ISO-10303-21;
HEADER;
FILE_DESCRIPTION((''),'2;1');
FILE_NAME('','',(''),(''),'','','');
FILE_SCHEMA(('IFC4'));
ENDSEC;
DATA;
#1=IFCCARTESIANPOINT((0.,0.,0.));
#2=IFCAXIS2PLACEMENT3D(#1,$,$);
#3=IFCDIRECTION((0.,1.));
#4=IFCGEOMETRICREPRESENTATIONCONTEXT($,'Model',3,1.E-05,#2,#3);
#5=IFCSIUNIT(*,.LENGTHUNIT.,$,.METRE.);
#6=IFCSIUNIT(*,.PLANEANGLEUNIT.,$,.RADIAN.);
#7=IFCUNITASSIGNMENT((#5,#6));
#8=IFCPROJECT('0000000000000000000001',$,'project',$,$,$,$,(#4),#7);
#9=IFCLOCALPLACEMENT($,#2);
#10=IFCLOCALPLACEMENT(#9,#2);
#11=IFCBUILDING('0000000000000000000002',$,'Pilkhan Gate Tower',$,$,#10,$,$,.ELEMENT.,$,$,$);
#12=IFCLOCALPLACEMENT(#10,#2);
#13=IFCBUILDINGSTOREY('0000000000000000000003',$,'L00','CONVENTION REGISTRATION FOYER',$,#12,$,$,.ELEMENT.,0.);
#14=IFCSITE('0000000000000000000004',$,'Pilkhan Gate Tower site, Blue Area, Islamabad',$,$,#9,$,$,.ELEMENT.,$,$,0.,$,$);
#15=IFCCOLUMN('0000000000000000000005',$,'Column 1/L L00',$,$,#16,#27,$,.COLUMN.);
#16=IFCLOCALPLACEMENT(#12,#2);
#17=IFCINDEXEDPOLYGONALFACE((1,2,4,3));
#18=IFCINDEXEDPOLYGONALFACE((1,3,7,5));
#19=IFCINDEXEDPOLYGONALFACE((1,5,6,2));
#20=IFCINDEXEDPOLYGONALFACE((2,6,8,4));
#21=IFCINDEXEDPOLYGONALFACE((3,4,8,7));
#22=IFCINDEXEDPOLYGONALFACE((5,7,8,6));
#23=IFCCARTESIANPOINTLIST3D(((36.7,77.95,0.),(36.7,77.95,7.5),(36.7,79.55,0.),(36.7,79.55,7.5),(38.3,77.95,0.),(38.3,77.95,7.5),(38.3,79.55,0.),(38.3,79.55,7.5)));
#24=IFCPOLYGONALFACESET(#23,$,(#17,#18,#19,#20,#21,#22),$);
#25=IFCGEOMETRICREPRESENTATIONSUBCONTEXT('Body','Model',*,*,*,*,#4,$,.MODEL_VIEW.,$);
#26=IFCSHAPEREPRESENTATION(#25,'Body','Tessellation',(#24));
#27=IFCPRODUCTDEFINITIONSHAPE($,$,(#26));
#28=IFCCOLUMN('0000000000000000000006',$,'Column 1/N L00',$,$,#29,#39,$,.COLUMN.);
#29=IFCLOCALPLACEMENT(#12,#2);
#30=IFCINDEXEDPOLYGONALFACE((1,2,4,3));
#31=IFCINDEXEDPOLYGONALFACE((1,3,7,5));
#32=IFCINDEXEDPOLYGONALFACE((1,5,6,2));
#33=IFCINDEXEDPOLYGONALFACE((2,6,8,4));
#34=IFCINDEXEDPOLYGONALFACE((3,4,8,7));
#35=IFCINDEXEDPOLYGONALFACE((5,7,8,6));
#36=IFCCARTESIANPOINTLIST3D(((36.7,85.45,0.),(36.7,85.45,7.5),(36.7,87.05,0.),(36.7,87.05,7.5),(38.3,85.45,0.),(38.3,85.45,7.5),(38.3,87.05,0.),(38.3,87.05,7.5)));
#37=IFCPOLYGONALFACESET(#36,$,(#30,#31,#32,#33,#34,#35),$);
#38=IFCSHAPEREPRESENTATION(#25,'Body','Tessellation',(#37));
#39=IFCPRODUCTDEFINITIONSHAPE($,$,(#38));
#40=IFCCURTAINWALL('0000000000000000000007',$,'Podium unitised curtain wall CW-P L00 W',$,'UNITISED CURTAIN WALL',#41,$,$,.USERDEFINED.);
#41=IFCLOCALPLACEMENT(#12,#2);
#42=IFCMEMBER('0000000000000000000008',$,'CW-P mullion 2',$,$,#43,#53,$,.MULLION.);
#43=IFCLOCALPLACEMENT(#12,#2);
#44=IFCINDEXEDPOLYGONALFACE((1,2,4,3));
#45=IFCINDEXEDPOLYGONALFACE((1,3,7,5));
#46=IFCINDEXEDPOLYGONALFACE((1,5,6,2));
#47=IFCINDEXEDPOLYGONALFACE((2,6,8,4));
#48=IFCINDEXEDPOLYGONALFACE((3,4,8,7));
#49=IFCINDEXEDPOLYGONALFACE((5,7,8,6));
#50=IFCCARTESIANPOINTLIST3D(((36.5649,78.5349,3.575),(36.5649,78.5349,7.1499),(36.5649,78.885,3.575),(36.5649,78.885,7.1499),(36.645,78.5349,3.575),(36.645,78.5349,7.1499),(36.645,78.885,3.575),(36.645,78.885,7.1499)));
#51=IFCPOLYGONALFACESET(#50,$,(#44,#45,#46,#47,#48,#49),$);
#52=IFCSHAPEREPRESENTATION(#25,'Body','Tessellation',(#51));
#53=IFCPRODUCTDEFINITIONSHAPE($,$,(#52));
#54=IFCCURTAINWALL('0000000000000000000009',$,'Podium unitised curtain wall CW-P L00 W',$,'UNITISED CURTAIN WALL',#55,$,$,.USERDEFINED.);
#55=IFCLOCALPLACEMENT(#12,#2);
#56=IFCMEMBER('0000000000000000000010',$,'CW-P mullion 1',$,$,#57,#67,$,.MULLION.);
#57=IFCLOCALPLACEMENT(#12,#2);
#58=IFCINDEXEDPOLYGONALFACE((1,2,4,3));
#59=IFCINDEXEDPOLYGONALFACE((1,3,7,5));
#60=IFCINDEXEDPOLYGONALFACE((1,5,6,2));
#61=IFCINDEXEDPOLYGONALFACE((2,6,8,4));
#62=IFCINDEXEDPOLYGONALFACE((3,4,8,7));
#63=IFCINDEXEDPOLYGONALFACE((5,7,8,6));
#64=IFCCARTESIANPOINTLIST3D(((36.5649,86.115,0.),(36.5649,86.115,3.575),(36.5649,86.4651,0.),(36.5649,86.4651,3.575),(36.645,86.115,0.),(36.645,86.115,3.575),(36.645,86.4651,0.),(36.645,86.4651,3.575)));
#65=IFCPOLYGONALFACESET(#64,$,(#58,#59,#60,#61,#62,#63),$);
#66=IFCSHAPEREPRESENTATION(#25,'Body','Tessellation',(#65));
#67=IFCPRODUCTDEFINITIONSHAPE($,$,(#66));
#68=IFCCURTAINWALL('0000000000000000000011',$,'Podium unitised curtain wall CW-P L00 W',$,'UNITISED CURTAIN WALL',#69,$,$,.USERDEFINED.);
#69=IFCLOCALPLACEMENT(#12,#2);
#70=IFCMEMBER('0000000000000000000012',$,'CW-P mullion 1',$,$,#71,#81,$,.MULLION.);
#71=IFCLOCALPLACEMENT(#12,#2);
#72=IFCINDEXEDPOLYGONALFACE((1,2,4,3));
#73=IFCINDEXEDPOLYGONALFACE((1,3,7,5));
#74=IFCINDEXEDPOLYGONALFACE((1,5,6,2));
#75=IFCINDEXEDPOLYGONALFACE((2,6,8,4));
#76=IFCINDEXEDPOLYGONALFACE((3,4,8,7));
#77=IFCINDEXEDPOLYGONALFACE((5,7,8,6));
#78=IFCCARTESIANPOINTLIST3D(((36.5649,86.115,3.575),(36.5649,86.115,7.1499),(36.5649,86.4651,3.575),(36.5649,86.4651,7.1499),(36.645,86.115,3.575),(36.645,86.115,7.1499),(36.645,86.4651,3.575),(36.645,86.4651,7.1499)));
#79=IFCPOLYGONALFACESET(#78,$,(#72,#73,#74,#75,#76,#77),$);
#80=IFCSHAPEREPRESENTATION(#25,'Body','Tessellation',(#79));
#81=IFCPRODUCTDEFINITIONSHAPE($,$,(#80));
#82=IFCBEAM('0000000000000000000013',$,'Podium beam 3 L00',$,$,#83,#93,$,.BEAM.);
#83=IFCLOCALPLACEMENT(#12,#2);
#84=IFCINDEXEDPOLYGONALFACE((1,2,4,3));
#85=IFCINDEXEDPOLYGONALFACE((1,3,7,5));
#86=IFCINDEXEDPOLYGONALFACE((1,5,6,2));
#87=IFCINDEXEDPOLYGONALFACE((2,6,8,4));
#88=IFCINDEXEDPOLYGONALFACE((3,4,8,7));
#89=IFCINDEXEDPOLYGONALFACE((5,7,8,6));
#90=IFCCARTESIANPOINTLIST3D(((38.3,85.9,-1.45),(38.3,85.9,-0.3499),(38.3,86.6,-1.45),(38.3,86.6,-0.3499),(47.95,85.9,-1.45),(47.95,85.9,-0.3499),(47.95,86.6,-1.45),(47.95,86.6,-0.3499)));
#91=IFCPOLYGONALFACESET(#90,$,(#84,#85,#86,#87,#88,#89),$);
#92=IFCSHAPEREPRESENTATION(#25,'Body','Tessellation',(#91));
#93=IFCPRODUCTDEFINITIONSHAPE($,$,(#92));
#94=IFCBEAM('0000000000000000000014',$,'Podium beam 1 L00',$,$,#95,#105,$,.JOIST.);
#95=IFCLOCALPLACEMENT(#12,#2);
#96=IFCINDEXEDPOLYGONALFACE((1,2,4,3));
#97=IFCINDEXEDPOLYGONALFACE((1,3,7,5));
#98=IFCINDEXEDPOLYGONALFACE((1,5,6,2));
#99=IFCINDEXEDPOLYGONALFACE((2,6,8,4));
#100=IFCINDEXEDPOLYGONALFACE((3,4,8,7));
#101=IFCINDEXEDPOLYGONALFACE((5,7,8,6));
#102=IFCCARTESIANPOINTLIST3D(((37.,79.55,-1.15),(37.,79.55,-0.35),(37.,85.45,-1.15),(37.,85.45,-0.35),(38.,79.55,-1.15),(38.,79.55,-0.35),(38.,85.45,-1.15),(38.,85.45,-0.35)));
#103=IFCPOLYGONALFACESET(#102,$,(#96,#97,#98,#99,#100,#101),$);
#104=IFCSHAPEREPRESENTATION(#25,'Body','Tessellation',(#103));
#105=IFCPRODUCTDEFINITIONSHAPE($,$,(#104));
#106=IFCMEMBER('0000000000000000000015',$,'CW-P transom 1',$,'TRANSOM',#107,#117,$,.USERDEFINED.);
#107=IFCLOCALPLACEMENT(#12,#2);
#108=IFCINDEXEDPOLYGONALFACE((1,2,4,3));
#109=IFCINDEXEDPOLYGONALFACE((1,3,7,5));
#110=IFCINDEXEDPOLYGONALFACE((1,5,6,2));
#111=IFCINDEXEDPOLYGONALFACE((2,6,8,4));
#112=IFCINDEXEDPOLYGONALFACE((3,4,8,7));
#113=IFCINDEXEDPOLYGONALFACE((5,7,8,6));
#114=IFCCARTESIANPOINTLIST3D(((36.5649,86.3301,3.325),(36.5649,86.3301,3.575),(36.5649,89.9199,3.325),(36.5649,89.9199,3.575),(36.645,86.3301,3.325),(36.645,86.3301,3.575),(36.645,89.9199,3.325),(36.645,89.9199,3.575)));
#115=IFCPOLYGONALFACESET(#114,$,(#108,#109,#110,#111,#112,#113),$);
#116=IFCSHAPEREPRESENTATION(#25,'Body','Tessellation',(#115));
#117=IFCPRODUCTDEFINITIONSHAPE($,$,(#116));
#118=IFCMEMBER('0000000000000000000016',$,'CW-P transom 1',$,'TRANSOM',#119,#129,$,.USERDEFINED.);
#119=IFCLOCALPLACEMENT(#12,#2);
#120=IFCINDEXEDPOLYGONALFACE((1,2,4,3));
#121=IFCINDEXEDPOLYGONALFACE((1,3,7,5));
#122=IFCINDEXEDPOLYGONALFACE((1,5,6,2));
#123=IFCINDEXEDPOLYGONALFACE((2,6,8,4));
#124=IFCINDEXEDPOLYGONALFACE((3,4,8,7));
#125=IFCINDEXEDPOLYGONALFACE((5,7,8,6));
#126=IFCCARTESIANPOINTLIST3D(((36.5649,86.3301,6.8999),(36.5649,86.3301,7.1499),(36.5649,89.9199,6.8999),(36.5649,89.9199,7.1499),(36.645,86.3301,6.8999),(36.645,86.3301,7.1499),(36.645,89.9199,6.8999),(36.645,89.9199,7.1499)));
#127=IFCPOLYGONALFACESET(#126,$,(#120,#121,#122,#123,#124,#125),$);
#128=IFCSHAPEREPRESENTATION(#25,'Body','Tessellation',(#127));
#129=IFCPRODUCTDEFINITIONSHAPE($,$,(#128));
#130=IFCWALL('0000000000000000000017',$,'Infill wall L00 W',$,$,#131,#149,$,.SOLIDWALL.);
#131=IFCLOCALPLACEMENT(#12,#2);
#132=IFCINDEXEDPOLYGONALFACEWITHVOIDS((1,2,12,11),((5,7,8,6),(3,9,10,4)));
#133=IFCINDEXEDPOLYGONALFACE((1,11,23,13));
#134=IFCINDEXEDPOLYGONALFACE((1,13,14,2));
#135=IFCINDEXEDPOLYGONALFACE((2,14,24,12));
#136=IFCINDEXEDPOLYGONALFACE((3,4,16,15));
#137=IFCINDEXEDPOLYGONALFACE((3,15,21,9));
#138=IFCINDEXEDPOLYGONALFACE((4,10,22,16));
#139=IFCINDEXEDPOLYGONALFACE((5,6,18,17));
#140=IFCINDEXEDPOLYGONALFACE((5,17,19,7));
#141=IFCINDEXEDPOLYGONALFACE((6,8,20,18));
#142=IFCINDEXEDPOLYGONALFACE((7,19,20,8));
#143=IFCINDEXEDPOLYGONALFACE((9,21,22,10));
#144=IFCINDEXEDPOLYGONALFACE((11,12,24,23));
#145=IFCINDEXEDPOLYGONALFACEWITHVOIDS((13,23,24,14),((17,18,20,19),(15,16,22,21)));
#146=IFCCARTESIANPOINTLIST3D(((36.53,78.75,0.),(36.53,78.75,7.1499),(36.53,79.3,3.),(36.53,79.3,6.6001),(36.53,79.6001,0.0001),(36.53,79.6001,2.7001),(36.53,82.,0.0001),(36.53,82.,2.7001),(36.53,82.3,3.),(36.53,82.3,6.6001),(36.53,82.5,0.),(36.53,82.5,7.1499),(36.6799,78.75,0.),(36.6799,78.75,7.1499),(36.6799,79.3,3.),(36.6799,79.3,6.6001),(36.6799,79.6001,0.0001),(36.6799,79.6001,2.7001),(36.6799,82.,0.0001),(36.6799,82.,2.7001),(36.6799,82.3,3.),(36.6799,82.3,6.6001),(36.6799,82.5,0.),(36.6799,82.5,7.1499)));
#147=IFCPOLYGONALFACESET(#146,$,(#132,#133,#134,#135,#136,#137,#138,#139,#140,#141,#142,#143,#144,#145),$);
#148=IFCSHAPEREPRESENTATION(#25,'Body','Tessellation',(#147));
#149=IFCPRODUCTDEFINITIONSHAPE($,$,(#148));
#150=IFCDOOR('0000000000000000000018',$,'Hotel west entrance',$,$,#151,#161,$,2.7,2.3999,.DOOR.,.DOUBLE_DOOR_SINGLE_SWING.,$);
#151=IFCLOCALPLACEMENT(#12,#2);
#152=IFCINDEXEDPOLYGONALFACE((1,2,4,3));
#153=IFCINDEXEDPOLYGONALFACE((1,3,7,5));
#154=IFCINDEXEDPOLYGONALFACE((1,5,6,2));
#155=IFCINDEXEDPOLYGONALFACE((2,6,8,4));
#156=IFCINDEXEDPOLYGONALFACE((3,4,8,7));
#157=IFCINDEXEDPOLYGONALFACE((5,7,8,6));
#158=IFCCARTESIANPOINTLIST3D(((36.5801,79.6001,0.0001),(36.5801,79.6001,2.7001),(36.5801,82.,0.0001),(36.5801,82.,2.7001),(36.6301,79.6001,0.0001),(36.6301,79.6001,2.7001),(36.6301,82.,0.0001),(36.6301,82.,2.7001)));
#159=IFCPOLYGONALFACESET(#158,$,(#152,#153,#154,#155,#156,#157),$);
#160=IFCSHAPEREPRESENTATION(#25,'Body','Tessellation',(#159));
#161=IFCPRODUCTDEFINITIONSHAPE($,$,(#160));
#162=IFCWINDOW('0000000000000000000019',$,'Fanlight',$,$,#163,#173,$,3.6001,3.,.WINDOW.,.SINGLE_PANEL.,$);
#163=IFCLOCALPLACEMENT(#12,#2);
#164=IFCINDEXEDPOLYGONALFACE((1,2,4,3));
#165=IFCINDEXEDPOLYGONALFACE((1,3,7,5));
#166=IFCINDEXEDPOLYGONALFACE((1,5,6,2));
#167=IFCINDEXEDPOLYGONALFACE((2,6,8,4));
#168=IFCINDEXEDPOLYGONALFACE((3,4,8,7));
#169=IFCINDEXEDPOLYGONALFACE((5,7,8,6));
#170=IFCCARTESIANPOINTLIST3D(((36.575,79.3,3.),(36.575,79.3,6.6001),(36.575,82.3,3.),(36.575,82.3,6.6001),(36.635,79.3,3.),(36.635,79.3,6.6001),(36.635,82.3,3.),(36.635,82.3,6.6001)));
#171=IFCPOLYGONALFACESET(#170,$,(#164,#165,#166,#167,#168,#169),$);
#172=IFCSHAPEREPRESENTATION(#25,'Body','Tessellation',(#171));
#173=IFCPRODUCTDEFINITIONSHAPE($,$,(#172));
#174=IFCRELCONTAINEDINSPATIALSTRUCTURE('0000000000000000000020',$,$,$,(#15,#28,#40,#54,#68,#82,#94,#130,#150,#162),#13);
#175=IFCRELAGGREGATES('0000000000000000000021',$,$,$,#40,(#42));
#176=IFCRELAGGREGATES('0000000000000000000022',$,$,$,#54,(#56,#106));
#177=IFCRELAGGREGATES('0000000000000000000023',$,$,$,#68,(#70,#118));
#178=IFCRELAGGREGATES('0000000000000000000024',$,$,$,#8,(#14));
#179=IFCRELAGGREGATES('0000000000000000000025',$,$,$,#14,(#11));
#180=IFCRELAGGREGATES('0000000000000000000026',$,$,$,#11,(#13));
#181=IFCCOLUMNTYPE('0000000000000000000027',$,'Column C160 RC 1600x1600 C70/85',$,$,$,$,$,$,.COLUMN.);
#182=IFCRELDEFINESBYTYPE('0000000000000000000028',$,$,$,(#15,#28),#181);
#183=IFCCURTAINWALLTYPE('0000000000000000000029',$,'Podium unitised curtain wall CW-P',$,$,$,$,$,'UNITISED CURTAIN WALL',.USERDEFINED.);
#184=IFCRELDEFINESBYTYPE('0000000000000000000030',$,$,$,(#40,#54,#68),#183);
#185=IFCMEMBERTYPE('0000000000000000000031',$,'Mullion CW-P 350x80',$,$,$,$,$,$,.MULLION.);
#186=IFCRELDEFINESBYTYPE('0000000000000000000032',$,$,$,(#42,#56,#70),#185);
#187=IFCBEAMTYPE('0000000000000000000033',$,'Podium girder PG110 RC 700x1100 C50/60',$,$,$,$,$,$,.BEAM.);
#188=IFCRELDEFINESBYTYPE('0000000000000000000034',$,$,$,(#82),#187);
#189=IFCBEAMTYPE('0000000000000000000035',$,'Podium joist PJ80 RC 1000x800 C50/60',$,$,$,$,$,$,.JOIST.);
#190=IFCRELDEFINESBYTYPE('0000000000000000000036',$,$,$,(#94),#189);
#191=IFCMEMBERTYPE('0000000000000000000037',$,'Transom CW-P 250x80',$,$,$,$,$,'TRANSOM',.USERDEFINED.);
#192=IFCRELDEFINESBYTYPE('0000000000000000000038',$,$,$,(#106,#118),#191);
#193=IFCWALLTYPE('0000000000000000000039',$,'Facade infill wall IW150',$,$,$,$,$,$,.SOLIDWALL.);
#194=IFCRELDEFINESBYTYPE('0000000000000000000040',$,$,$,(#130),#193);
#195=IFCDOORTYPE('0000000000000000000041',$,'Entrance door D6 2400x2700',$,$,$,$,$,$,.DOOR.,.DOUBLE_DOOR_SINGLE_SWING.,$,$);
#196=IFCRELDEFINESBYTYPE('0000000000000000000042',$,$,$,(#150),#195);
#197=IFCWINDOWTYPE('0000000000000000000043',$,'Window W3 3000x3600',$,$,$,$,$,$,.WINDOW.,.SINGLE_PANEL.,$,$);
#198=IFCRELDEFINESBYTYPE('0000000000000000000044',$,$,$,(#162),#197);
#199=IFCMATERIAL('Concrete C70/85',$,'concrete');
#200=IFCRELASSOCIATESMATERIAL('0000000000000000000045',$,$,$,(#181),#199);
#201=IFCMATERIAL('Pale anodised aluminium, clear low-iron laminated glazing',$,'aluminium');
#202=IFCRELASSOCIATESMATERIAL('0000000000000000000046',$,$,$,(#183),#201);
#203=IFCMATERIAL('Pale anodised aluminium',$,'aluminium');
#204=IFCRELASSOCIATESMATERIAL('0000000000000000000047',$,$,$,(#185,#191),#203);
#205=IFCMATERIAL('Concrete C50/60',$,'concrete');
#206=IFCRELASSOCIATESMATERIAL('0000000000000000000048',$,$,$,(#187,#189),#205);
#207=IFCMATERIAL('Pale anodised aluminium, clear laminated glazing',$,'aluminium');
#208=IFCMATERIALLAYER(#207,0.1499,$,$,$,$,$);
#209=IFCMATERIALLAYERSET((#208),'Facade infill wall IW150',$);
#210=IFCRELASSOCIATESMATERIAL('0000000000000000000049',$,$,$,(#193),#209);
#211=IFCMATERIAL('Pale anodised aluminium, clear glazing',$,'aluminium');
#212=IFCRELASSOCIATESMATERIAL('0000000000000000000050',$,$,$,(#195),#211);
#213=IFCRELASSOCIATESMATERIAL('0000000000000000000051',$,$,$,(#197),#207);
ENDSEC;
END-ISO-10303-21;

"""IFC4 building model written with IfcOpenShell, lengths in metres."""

from ifc_helpers import new_model, si_unit, direction, frame, frame_2d, origin, origin_2d, place, context, subcontext, project, spatial, rectangle, extrude, material, layer, layer_set, material_profile, profile_set, type_object, element, fill, aggregate, save


model = new_model("IFC4")

# Units and contexts
model_context = context("Model", 3, precision=1e-05, world=origin(), true_north=direction((0.0, 1.0)))
body_context = subcontext(model_context, "Body", "Model", "MODEL_VIEW")
ifc_project = project(units=[si_unit("LENGTHUNIT", "METRE"), si_unit("PLANEANGLEUNIT", "RADIAN")], contexts=[model_context])

# Site, building, storey
site_placement = place(None, origin())
site = spatial("IfcSite", under=ifc_project, at=site_placement, Name="Pilkhan Gate Tower site, Blue Area, Islamabad", CompositionType="ELEMENT", RefElevation=0.0)
building_placement = place(site_placement, origin())
building = spatial("IfcBuilding", under=site, at=building_placement, Name="Pilkhan Gate Tower", CompositionType="ELEMENT")
storey_placement = place(building_placement, origin())
storey = spatial("IfcBuildingStorey", under=building, at=storey_placement, Name="L00", Description="CONVENTION REGISTRATION FOYER", CompositionType="ELEMENT", Elevation=0.0)

# Columns
ifc_material_1 = material(Name="Concrete C70/85", Category="concrete")
ifc_material_profile_1 = material_profile(ifc_material_1, rectangle(XDim=1.6001, YDim=1.6001, at=origin_2d()), Name="RC 1600x1600")
ifc_profile_set_1 = profile_set([ifc_material_profile_1], Name="Concrete C70/85")
column_type = type_object("IfcColumnType", Name="Column C160 RC 1600x1600 C70/85", PredefinedType="COLUMN", material=ifc_profile_set_1)
for number, where, z_axis, x_axis, name in (
    (1, (37.5, 78.75, 0.0), (0.0, 0.0, 1.0), (1.0, 0.0, 0.0), "Column 1/L L00"),
    (2, (37.5, 86.25, 0.0), (0.0, 0.0, 1.0), (1.0, 0.0, 0.0), "Column 1/N L00"),
):
    element("IfcColumn", number, at=place(storey_placement, frame(where, z_axis=z_axis, x_axis=x_axis)), inside=storey, type_object=column_type, Name=name, PredefinedType="COLUMN", context=body_context, shape_type="SweptSolid", body=[
        extrude(rectangle(XDim=1.6001, YDim=1.6001, at=origin_2d()), origin(), (0.0, 0.0, 1.0), 7.5),
    ])

# Curtain walls, members
ifc_material_2 = material(Name="Pale anodised aluminium, clear low-iron laminated glazing", Category="aluminium")
curtain_wall_type = type_object("IfcCurtainWallType", Name="Podium unitised curtain wall CW-P", ElementType="UNITISED CURTAIN WALL", PredefinedType="USERDEFINED", material=ifc_material_2)
curtain_wall_1_placement = place(storey_placement, origin())
curtain_wall_1 = element("IfcCurtainWall", 3, at=curtain_wall_1_placement, inside=storey, type_object=curtain_wall_type, Name="Podium unitised curtain wall CW-P L00 W", ObjectType="UNITISED CURTAIN WALL", PredefinedType="USERDEFINED")
ifc_material_3 = material(Name="Pale anodised aluminium", Category="aluminium")
ifc_material_profile_2 = material_profile(ifc_material_3, rectangle(XDim=0.0801, YDim=0.3501, at=origin_2d()), Name="Mullion 350x80")
ifc_profile_set_2 = profile_set([ifc_material_profile_2], Name="Pale anodised aluminium")
member_type_1 = type_object("IfcMemberType", Name="Mullion CW-P 350x80", PredefinedType="MULLION", material=ifc_profile_set_2)
member_1_placement = place(storey_placement, frame((36.605, 78.71, 3.575), z_axis=(0.0, 0.0, 1.0), x_axis=(-1.0, 0.0, 0.0)))
member_1 = element("IfcMember", 4, at=member_1_placement, type_object=member_type_1, Name="CW-P mullion 2", PredefinedType="MULLION", context=body_context, shape_type="SweptSolid", body=[
    extrude(rectangle(XDim=0.0801, YDim=0.3501, at=origin_2d()), origin(), (0.0, 0.0, 1.0), 3.575),
])
aggregate(curtain_wall_1, [member_1])
curtain_wall_2_placement = place(storey_placement, origin())
curtain_wall_2 = element("IfcCurtainWall", 5, at=curtain_wall_2_placement, inside=storey, type_object=curtain_wall_type, Name="Podium unitised curtain wall CW-P L00 W", ObjectType="UNITISED CURTAIN WALL", PredefinedType="USERDEFINED")
member_2_placement = place(storey_placement, frame((36.605, 86.29, 0.0), z_axis=(0.0, 0.0, 1.0), x_axis=(-1.0, 0.0, 0.0)))
member_2 = element("IfcMember", 6, at=member_2_placement, type_object=member_type_1, Name="CW-P mullion 1", PredefinedType="MULLION", context=body_context, shape_type="SweptSolid", body=[
    extrude(rectangle(XDim=0.0801, YDim=0.3501, at=origin_2d()), origin(), (0.0, 0.0, 1.0), 3.575),
])
curtain_wall_3_placement = place(storey_placement, origin())
curtain_wall_3 = element("IfcCurtainWall", 7, at=curtain_wall_3_placement, inside=storey, type_object=curtain_wall_type, Name="Podium unitised curtain wall CW-P L00 W", ObjectType="UNITISED CURTAIN WALL", PredefinedType="USERDEFINED")
member_3_placement = place(storey_placement, frame((36.605, 86.29, 3.575), z_axis=(0.0, 0.0, 1.0), x_axis=(-1.0, 0.0, 0.0)))
member_3 = element("IfcMember", 8, at=member_3_placement, type_object=member_type_1, Name="CW-P mullion 1", PredefinedType="MULLION", context=body_context, shape_type="SweptSolid", body=[
    extrude(rectangle(XDim=0.0801, YDim=0.3501, at=origin_2d()), origin(), (0.0, 0.0, 1.0), 3.575),
])

# Beams
ifc_material_4 = material(Name="Concrete C50/60", Category="concrete")
ifc_material_profile_3 = material_profile(ifc_material_4, rectangle(XDim=0.7, YDim=1.1001, at=origin_2d()), Name="RC 700x1100")
ifc_profile_set_3 = profile_set([ifc_material_profile_3], Name="Concrete C50/60")
beam_type_1 = type_object("IfcBeamType", Name="Podium girder PG110 RC 700x1100 C50/60", PredefinedType="BEAM", material=ifc_profile_set_3)
beam_1_placement = place(storey_placement, frame((38.3, 86.25, -0.8999), z_axis=(1.0, 0.0, 0.0), x_axis=(0.0, 1.0, 0.0)))
element("IfcBeam", 9, at=beam_1_placement, inside=storey, type_object=beam_type_1, Name="Podium beam 3 L00", PredefinedType="BEAM", context=body_context, shape_type="SweptSolid", body=[
    extrude(rectangle(XDim=0.7, YDim=1.1001, at=origin_2d()), origin(), (0.0, 0.0, 1.0), 9.6499),
])
ifc_material_profile_4 = material_profile(ifc_material_4, rectangle(XDim=1.0, YDim=0.8, at=origin_2d()), Name="RC 1000x800")
ifc_profile_set_4 = profile_set([ifc_material_profile_4], Name="Concrete C50/60")
beam_type_2 = type_object("IfcBeamType", Name="Podium joist PJ80 RC 1000x800 C50/60", PredefinedType="JOIST", material=ifc_profile_set_4)
beam_2_placement = place(storey_placement, frame((37.5, 79.55, -0.75), z_axis=(0.0, 1.0, 0.0), x_axis=(-1.0, 0.0, 0.0)))
element("IfcBeam", 10, at=beam_2_placement, inside=storey, type_object=beam_type_2, Name="Podium beam 1 L00", PredefinedType="JOIST", context=body_context, shape_type="SweptSolid", body=[
    extrude(rectangle(XDim=1.0, YDim=0.8, at=origin_2d()), origin(), (0.0, 0.0, 1.0), 5.8999),
])

# Members
ifc_material_profile_5 = material_profile(ifc_material_3, rectangle(XDim=0.0801, YDim=0.25, at=origin_2d()), Name="Transom 250x80")
ifc_profile_set_5 = profile_set([ifc_material_profile_5], Name="Pale anodised aluminium")
member_type_2 = type_object("IfcMemberType", Name="Transom CW-P 250x80", ElementType="TRANSOM", PredefinedType="USERDEFINED", material=ifc_profile_set_5)
member_4_placement = place(storey_placement, frame((36.605, 86.3301, 3.45), z_axis=(0.0, 1.0, 0.0), x_axis=(-1.0, 0.0, 0.0)))
member_4 = element("IfcMember", 11, at=member_4_placement, type_object=member_type_2, Name="CW-P transom 1", ObjectType="TRANSOM", PredefinedType="USERDEFINED", context=body_context, shape_type="SweptSolid", body=[
    extrude(rectangle(XDim=0.0801, YDim=0.25, at=origin_2d()), origin(), (0.0, 0.0, 1.0), 3.5898),
])
aggregate(curtain_wall_2, [member_2, member_4])
member_5_placement = place(storey_placement, frame((36.605, 86.3301, 7.0249), z_axis=(0.0, 1.0, 0.0), x_axis=(-1.0, 0.0, 0.0)))
member_5 = element("IfcMember", 12, at=member_5_placement, type_object=member_type_2, Name="CW-P transom 1", ObjectType="TRANSOM", PredefinedType="USERDEFINED", context=body_context, shape_type="SweptSolid", body=[
    extrude(rectangle(XDim=0.0801, YDim=0.25, at=origin_2d()), origin(), (0.0, 0.0, 1.0), 3.5898),
])
aggregate(curtain_wall_3, [member_3, member_5])

# Wall, openings, door, window
ifc_material_5 = material(Name="Pale anodised aluminium, clear laminated glazing", Category="aluminium")
ifc_layer_1 = layer(ifc_material_5, 0.1499)
ifc_layer_set_1 = layer_set([ifc_layer_1], Name="Facade infill wall IW150")
wall_type_1 = type_object("IfcWallType", Name="Facade infill wall IW150", PredefinedType="SOLIDWALL", material=ifc_layer_set_1)
wall_1_placement = place(storey_placement, frame((36.605, 78.75, 0.0), z_axis=(0.0, 0.0, 1.0), x_axis=(0.0, 1.0, 0.0)))
wall_1 = element("IfcWall", 13, at=wall_1_placement, inside=storey, type_object=wall_type_1, Name="Infill wall L00 W", PredefinedType="SOLIDWALL", context=body_context, shape_type="SweptSolid", body=[
    extrude(rectangle(XDim=3.75, YDim=0.1499, at=frame_2d((1.875, 0.0))), origin(), (0.0, 0.0, 1.0), 7.1499),
])
opening_1_placement = place(wall_1_placement, frame((0.8501, 0.0, 0.0)))
opening_1 = element("IfcOpeningElement", 14, at=opening_1_placement, cuts=wall_1, PredefinedType="OPENING", context=body_context, shape_type="SweptSolid", body=[
    extrude(rectangle(XDim=2.3999, YDim=2.7, at=frame_2d((1.2, 1.3501))), frame((0.0, 0.085, 0.0), z_axis=(0.0, -1.0, 0.0), x_axis=(1.0, 0.0, 0.0)), (0.0, 0.0, 1.0), 0.1699),
])
opening_2_placement = place(wall_1_placement, frame((0.55, 0.0, 3.0)))
opening_2 = element("IfcOpeningElement", 15, at=opening_2_placement, cuts=wall_1, PredefinedType="OPENING", context=body_context, shape_type="SweptSolid", body=[
    extrude(rectangle(XDim=3.0, YDim=3.6001, at=frame_2d((1.5, 1.8))), frame((0.0, 0.085, 0.0), z_axis=(0.0, -1.0, 0.0), x_axis=(1.0, 0.0, 0.0)), (0.0, 0.0, 1.0), 0.1699),
])
ifc_material_6 = material(Name="Pale anodised aluminium, clear glazing", Category="aluminium")
door_type_1 = type_object("IfcDoorType", Name="Entrance door D6 2400x2700", OperationType="DOUBLE_DOOR_SINGLE_SWING", PredefinedType="DOOR", material=ifc_material_6)
door_1_placement = place(opening_1_placement, origin())
door_1 = element("IfcDoor", 16, at=door_1_placement, inside=storey, type_object=door_type_1, Name="Hotel west entrance", OperationType="DOUBLE_DOOR_SINGLE_SWING", OverallHeight=2.7, OverallWidth=2.3999, PredefinedType="DOOR", context=body_context, shape_type="SweptSolid", body=[
    extrude(rectangle(XDim=2.3999, YDim=2.7, at=frame_2d((1.2, 1.3501))), frame((0.0, 0.0249, 0.0), z_axis=(0.0, -1.0, 0.0), x_axis=(1.0, 0.0, 0.0)), (0.0, 0.0, 1.0), 0.05),
])
fill(opening_1, door_1)
window_type = type_object("IfcWindowType", Name="Window W3 3000x3600", PartitioningType="SINGLE_PANEL", PredefinedType="WINDOW", material=ifc_material_5)
window_1_placement = place(opening_2_placement, origin())
window_1 = element("IfcWindow", 17, at=window_1_placement, inside=storey, type_object=window_type, Name="Fanlight", OverallHeight=3.6001, OverallWidth=3.0, PartitioningType="SINGLE_PANEL", PredefinedType="WINDOW", context=body_context, shape_type="SweptSolid", body=[
    extrude(rectangle(XDim=3.0, YDim=3.6001, at=frame_2d((1.5, 1.8))), frame((0.0, 0.03, 0.0), z_axis=(0.0, -1.0, 0.0), x_axis=(1.0, 0.0, 0.0)), (0.0, 0.0, 1.0), 0.0601),
])
fill(opening_2, window_1)

save(model, "model.ifc")
